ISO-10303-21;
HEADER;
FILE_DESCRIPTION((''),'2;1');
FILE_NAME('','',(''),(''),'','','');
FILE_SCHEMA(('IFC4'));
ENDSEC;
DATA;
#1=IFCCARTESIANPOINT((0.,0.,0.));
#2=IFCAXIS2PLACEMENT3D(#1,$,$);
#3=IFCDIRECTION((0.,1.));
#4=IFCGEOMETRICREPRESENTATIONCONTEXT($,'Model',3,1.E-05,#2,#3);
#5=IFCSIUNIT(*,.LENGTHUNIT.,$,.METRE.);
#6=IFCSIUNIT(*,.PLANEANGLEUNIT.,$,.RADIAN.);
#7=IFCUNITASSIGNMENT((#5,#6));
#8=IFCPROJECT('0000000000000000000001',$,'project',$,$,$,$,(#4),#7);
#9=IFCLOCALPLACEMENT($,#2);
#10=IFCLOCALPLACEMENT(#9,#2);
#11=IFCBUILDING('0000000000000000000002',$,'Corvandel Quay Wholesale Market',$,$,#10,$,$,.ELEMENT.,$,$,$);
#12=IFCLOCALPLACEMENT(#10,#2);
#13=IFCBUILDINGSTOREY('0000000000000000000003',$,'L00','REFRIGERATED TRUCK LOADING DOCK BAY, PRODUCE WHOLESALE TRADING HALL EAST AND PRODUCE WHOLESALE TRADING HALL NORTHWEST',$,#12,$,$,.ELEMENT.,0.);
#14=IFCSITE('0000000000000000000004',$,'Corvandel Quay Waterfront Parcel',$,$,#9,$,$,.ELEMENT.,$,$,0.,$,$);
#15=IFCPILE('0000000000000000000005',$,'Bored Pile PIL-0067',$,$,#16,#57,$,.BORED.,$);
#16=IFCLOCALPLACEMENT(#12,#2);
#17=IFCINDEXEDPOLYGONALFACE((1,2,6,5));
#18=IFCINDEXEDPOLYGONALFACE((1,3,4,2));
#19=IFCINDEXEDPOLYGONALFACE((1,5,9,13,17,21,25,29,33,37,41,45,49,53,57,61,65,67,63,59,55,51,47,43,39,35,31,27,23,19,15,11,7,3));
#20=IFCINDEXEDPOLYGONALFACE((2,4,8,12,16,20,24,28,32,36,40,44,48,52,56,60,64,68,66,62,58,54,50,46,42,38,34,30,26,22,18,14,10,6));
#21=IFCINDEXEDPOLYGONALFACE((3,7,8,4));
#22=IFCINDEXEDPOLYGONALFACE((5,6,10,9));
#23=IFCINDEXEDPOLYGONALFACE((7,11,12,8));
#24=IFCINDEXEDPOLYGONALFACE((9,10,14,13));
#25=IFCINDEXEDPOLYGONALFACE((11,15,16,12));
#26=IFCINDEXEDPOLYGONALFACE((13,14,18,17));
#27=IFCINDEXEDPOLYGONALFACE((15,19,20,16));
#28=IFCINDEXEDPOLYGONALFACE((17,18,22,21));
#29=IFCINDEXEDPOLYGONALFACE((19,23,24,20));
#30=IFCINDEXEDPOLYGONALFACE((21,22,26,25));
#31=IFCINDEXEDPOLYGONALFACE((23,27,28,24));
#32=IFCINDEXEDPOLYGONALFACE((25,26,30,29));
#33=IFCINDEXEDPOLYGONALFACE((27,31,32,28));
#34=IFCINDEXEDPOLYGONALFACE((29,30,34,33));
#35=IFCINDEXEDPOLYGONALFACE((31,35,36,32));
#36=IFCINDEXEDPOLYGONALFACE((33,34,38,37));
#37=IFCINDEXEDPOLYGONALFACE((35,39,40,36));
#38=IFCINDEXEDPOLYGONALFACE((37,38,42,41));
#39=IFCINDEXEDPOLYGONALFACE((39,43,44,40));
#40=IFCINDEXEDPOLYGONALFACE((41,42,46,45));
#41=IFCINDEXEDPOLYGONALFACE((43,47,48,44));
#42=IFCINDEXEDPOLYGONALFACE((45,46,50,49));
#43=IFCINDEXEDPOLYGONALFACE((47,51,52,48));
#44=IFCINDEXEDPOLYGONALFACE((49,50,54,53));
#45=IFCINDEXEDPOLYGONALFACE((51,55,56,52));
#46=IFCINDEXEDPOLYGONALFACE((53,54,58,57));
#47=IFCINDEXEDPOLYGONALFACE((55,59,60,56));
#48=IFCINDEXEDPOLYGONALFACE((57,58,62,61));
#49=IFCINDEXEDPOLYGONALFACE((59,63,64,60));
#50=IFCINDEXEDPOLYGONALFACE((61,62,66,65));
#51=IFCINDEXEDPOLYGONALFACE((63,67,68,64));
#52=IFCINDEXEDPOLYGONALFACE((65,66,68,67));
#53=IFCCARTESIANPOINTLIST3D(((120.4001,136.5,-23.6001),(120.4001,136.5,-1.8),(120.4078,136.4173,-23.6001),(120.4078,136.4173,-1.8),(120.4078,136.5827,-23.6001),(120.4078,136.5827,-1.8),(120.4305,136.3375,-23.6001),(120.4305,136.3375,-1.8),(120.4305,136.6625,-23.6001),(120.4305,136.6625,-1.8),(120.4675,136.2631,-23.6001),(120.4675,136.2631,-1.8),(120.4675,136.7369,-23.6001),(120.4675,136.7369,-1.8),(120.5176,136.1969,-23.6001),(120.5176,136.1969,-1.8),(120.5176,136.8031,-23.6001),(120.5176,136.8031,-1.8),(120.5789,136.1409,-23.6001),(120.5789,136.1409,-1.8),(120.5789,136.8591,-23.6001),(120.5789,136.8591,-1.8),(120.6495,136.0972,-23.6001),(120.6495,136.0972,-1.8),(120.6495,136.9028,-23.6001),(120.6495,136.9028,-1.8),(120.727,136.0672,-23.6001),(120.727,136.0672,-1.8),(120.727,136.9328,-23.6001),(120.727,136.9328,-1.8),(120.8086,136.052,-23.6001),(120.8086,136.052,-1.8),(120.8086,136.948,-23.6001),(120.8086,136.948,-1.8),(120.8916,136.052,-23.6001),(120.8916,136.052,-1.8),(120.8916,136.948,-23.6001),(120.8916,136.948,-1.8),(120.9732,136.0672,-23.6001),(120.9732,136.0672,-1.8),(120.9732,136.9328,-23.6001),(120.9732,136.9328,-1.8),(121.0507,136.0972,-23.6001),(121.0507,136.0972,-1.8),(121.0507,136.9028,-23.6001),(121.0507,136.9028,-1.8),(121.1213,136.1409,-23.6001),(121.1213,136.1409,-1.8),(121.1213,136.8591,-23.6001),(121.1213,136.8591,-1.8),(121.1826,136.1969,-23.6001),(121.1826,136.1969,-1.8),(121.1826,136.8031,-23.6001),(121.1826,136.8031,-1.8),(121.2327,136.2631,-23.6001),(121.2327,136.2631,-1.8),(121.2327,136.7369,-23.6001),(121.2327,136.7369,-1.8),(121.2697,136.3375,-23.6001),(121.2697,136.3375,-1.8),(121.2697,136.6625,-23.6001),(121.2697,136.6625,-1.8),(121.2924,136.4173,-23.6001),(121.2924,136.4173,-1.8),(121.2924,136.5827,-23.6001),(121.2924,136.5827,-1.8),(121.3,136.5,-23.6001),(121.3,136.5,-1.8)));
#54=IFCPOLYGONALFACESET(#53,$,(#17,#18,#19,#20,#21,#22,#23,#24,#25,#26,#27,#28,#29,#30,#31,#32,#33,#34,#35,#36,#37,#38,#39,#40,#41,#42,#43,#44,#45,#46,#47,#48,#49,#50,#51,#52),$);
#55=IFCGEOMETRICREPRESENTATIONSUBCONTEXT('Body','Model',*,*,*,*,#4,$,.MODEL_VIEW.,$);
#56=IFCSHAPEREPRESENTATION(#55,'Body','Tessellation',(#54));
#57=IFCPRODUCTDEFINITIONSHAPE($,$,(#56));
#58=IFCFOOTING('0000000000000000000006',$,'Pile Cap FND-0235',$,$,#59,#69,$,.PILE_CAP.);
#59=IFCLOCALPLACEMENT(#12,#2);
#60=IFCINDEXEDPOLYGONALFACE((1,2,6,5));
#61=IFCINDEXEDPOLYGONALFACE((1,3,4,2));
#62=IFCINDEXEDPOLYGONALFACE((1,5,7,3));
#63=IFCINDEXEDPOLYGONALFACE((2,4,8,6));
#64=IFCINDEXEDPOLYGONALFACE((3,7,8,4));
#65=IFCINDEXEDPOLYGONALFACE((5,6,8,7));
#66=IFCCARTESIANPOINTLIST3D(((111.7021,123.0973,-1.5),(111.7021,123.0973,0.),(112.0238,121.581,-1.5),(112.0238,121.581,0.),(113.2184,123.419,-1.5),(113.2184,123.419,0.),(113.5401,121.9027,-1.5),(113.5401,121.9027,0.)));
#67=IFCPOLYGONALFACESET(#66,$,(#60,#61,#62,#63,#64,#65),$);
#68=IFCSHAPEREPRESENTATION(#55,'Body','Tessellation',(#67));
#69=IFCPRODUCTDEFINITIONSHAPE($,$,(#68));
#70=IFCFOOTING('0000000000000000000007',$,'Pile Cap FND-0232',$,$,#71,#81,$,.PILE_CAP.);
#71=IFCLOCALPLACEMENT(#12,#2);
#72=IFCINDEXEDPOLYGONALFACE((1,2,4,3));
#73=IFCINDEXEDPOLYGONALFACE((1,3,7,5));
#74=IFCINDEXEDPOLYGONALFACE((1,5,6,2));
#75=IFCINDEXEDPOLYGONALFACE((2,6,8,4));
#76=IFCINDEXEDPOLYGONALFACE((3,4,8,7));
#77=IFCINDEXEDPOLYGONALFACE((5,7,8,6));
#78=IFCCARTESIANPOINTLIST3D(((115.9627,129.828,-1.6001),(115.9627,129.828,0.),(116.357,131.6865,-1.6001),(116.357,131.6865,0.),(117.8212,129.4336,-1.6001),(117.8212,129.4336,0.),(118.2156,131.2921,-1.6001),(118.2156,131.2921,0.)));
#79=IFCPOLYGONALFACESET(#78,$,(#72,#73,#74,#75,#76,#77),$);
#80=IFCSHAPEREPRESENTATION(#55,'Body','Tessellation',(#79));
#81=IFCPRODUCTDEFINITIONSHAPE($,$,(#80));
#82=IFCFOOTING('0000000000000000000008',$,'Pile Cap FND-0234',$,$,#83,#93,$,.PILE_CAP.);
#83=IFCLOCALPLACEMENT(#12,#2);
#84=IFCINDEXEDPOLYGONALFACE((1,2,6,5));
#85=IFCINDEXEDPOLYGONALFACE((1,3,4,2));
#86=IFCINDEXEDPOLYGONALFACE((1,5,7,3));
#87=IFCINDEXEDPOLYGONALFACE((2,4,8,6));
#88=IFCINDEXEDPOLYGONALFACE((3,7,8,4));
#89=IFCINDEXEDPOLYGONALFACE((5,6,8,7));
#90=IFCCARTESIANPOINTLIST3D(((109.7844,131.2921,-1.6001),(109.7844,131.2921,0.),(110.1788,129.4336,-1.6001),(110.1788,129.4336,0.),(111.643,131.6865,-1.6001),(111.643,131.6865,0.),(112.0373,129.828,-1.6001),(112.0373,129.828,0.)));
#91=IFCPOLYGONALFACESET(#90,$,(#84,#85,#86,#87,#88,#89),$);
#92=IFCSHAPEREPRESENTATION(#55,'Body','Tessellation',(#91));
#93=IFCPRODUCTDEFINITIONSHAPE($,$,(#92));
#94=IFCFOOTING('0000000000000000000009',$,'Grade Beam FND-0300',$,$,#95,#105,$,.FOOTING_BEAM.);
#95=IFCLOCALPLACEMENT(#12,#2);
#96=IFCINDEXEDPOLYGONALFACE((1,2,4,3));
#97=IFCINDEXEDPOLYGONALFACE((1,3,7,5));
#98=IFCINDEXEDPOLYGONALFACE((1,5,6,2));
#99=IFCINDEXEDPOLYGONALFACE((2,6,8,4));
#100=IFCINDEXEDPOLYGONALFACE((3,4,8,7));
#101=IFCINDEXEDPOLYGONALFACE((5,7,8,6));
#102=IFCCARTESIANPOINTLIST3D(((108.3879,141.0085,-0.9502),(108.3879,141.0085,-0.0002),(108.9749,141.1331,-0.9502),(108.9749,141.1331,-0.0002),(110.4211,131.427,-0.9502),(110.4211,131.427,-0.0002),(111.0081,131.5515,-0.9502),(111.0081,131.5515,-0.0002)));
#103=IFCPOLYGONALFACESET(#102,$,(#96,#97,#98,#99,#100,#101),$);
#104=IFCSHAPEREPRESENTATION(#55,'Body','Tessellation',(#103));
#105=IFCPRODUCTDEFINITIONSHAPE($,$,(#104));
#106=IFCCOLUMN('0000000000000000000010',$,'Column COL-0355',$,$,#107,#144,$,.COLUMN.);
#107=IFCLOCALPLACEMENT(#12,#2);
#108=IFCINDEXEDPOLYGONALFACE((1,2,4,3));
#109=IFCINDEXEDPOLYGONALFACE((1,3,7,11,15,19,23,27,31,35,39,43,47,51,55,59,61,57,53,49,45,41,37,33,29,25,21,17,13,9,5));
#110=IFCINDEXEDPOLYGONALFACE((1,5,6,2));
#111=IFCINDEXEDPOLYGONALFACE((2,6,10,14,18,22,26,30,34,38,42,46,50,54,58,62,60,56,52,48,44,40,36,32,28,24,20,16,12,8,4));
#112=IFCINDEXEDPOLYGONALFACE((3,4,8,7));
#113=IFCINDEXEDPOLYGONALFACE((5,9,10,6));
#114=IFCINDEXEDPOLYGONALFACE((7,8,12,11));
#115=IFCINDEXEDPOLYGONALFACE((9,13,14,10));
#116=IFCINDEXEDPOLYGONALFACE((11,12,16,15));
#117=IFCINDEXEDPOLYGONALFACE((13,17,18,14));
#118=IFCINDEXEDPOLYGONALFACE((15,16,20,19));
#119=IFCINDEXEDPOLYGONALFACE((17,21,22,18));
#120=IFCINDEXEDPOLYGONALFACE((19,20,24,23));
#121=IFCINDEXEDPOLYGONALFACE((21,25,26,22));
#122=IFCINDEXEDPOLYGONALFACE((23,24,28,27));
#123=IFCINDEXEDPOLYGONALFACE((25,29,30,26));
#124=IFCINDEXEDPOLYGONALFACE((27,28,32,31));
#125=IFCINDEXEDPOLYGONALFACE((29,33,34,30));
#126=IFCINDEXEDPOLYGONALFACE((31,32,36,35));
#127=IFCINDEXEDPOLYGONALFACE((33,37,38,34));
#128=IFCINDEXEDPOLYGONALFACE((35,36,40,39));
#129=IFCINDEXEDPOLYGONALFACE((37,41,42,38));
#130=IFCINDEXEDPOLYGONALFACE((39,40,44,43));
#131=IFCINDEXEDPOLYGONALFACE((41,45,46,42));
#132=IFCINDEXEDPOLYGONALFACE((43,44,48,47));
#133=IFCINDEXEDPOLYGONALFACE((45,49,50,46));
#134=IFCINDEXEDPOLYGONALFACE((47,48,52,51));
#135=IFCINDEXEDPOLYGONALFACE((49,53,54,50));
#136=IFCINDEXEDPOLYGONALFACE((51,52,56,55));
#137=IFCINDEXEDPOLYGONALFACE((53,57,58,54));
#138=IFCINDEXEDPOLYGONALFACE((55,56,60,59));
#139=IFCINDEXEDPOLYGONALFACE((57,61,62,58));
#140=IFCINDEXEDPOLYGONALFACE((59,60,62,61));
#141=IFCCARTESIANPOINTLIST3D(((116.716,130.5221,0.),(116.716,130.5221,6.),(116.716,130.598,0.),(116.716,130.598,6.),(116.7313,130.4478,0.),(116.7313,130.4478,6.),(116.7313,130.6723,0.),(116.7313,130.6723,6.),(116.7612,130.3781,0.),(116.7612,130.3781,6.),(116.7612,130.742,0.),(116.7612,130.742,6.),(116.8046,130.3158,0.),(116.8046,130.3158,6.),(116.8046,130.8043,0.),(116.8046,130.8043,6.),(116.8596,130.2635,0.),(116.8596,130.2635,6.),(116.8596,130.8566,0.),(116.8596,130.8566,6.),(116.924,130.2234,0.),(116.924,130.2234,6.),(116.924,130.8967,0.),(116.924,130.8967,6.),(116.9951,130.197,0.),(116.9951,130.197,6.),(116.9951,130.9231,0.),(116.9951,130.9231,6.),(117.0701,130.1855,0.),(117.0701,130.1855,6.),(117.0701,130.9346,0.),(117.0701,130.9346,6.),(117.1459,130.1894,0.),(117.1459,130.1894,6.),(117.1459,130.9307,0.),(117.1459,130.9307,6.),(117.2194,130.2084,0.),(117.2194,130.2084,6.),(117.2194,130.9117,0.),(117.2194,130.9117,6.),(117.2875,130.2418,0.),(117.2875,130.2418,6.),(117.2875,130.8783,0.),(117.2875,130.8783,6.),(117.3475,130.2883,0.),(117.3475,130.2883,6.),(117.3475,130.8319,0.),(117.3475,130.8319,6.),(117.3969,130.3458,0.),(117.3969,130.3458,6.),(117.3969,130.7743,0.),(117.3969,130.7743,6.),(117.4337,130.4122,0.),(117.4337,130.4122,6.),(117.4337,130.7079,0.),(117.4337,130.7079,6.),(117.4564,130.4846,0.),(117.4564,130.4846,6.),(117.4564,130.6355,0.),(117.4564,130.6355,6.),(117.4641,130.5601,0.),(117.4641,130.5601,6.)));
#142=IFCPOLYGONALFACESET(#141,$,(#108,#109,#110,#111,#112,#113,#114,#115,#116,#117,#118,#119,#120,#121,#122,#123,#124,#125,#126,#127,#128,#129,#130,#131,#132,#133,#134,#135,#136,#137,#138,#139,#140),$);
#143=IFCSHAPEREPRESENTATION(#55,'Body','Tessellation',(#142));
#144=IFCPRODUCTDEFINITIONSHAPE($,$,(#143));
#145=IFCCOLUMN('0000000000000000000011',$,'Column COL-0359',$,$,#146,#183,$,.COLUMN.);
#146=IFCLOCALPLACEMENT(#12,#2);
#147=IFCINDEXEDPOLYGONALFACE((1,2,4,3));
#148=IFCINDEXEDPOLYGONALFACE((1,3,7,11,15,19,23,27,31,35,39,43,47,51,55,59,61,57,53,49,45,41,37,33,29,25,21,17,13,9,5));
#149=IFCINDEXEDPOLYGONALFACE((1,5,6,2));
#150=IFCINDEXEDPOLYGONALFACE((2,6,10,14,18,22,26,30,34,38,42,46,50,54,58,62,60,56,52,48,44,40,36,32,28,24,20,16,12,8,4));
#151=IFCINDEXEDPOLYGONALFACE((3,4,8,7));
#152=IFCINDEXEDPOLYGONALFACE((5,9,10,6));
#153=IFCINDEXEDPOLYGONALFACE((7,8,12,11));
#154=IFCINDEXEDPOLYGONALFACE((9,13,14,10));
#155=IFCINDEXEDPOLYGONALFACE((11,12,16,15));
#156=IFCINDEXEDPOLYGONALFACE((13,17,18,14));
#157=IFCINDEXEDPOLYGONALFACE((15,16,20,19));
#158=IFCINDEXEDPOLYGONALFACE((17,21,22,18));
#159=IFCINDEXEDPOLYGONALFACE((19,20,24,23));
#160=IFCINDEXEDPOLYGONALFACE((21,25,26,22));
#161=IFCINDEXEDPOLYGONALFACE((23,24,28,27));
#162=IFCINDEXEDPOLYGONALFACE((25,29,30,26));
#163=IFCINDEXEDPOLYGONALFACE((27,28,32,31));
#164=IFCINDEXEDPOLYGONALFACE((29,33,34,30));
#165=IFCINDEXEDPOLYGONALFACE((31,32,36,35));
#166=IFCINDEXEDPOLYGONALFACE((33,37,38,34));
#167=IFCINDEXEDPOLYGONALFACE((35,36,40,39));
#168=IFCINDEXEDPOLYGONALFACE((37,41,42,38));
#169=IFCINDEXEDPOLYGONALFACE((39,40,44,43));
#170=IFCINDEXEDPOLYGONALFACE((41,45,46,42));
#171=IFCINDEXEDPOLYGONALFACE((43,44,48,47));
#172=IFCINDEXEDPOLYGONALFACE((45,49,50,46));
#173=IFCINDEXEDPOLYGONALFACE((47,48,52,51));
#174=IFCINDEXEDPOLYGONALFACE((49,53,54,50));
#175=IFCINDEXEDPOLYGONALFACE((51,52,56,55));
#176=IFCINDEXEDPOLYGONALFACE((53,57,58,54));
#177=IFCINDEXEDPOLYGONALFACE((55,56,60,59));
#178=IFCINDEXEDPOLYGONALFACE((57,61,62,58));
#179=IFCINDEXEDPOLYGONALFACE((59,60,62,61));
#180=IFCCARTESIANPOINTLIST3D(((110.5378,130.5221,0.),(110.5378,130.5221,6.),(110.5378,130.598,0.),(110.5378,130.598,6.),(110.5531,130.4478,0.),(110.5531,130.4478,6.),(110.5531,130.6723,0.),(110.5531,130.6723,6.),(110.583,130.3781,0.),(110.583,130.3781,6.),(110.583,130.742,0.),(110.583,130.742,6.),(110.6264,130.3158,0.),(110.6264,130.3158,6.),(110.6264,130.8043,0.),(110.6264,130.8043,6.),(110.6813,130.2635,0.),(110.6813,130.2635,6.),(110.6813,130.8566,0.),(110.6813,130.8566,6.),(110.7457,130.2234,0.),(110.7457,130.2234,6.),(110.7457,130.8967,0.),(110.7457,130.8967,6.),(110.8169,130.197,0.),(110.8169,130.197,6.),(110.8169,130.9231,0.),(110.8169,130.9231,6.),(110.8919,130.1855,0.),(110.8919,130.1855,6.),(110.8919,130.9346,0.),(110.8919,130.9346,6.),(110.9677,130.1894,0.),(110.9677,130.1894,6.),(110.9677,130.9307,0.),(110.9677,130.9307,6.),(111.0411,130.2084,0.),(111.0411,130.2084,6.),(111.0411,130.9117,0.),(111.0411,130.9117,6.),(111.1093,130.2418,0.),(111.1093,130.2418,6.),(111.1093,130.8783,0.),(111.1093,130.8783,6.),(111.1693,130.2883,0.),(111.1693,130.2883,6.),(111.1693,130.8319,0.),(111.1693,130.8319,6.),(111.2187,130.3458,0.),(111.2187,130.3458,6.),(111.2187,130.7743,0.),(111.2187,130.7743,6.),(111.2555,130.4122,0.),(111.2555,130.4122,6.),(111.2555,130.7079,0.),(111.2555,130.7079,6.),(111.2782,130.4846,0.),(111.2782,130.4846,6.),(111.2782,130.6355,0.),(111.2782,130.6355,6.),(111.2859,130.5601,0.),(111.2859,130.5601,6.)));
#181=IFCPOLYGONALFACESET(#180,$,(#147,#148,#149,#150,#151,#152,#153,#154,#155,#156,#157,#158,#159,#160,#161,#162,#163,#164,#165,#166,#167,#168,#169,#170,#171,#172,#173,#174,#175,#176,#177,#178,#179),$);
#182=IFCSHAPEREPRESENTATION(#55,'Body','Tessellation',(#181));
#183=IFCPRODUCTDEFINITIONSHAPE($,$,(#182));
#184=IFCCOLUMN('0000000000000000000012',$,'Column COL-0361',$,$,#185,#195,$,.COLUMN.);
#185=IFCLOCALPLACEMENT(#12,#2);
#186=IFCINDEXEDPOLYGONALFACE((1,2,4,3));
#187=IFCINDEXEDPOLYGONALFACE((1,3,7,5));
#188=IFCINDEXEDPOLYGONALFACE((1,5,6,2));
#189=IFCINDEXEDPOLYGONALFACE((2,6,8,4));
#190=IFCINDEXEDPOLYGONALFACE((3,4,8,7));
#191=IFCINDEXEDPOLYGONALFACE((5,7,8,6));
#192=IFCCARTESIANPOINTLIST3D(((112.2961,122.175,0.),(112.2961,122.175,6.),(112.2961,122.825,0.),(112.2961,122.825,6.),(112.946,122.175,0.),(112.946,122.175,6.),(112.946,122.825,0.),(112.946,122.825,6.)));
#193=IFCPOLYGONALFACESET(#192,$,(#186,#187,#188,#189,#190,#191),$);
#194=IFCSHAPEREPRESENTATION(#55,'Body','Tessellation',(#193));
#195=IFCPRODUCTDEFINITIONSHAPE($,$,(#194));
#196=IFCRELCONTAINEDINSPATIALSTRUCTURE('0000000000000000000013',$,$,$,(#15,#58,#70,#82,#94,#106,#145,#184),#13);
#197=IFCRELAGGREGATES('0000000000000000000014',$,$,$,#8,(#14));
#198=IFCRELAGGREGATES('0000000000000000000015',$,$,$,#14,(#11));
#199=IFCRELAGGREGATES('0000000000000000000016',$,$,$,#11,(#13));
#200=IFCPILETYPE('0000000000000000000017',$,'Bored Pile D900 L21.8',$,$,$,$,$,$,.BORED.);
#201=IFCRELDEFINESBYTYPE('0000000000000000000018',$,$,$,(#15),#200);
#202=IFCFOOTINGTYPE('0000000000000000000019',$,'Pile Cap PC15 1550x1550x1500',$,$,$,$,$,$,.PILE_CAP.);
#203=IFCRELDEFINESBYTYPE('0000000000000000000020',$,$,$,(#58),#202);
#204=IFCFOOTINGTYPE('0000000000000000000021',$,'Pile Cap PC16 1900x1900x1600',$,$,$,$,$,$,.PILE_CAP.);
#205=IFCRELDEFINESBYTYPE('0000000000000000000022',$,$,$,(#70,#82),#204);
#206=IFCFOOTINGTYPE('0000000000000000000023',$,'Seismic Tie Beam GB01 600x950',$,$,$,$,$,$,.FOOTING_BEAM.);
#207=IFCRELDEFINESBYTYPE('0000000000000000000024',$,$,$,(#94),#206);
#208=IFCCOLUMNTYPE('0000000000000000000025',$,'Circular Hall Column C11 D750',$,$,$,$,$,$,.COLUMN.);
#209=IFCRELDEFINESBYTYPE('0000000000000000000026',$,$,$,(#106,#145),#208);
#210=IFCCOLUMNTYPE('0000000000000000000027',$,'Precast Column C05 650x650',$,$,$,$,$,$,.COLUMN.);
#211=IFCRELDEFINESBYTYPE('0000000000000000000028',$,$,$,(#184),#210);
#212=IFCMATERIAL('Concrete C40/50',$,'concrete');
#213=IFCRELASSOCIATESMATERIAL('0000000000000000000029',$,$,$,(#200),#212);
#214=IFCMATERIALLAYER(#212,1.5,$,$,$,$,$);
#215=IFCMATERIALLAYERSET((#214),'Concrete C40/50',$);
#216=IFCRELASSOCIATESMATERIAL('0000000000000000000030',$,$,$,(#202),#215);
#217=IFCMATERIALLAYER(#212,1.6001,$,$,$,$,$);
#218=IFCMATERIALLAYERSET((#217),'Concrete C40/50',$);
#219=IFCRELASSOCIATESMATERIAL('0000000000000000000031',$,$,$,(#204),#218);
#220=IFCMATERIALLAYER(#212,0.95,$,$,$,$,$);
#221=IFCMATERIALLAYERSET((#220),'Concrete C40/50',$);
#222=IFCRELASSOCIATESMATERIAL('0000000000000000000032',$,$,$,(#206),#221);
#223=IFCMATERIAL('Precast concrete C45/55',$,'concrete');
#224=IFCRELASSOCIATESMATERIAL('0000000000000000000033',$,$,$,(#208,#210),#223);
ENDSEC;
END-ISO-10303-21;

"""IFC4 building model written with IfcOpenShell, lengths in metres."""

from ifc_helpers import new_model, si_unit, direction, frame, origin, origin_2d, place, context, subcontext, project, spatial, rectangle, circle, extrude, material, layer, layer_set, material_profile, profile_set, type_object, element, save


model = new_model("IFC4")

# Units and contexts
model_context = context("Model", 3, precision=1e-05, world=origin(), true_north=direction((0.0, 1.0)))
body_context = subcontext(model_context, "Body", "Model", "MODEL_VIEW")
ifc_project = project(units=[si_unit("LENGTHUNIT", "METRE"), si_unit("PLANEANGLEUNIT", "RADIAN")], contexts=[model_context])

# Site, building, storey
site_placement = place(None, origin())
site = spatial("IfcSite", under=ifc_project, at=site_placement, Name="Corvandel Quay Waterfront Parcel", CompositionType="ELEMENT", RefElevation=0.0)
building_placement = place(site_placement, origin())
building = spatial("IfcBuilding", under=site, at=building_placement, Name="Corvandel Quay Wholesale Market", CompositionType="ELEMENT")
storey_placement = place(building_placement, origin())
storey = spatial("IfcBuildingStorey", under=building, at=storey_placement, Name="L00", Description="REFRIGERATED TRUCK LOADING DOCK BAY, PRODUCE WHOLESALE TRADING HALL EAST AND PRODUCE WHOLESALE TRADING HALL NORTHWEST", CompositionType="ELEMENT", Elevation=0.0)

# Pile
ifc_material_1 = material(Name="Concrete C40/50", Category="concrete")
ifc_material_profile_1 = material_profile(ifc_material_1, circle(Radius=0.45, at=origin_2d()), Name="RC-PILE-D900")
ifc_profile_set_1 = profile_set([ifc_material_profile_1], Name="Concrete C40/50")
pile_type_1 = type_object("IfcPileType", Name="Bored Pile D900 L21.8", PredefinedType="BORED", material=ifc_profile_set_1)
for number, where, z_axis, x_axis, name in (
    (1, (120.8501, 136.5, -1.8), (0.0, 0.0, -1.0), (1.0, 0.0, 0.0), "Bored Pile PIL-0067"),
):
    element("IfcPile", number, at=place(storey_placement, frame(where, z_axis=z_axis, x_axis=x_axis)), inside=storey, type_object=pile_type_1, Name=name, PredefinedType="BORED", context=body_context, shape_type="SweptSolid", body=[
        extrude(circle(Radius=0.45, at=origin_2d()), origin(), (0.0, 0.0, 1.0), 21.8),
    ])

# Footings
ifc_layer_1 = layer(ifc_material_1, 1.5)
ifc_layer_set_1 = layer_set([ifc_layer_1], Name="Concrete C40/50")
footing_type_1 = type_object("IfcFootingType", Name="Pile Cap PC15 1550x1550x1500", PredefinedType="PILE_CAP", material=ifc_layer_set_1)
footing_1_placement = place(storey_placement, frame((112.6211, 122.5, -1.5), z_axis=(0.0, 0.0, 1.0), x_axis=(0.97822, 0.20757, 0.0)))
element("IfcFooting", 2, at=footing_1_placement, inside=storey, type_object=footing_type_1, Name="Pile Cap FND-0235", PredefinedType="PILE_CAP", context=body_context, shape_type="SweptSolid", body=[
    extrude(rectangle(XDim=1.55, YDim=1.55, at=origin_2d()), origin(), (0.0, 0.0, 1.0), 1.5),
])
ifc_layer_2 = layer(ifc_material_1, 1.6001)
ifc_layer_set_2 = layer_set([ifc_layer_2], Name="Concrete C40/50")
footing_type_2 = type_object("IfcFootingType", Name="Pile Cap PC16 1900x1900x1600", PredefinedType="PILE_CAP", material=ifc_layer_set_2)
for number, where, z_axis, x_axis, name in (
    (3, (117.0891, 130.5601, -1.6001), (0.0, 0.0, 1.0), (-0.97822, 0.20757, 0.0), "Pile Cap FND-0232"),
    (4, (110.9109, 130.5601, -1.6001), (0.0, 0.0, 1.0), (0.97822, 0.20757, 0.0), "Pile Cap FND-0234"),
):
    element("IfcFooting", number, at=place(storey_placement, frame(where, z_axis=z_axis, x_axis=x_axis)), inside=storey, type_object=footing_type_2, Name=name, PredefinedType="PILE_CAP", context=body_context, shape_type="SweptSolid", body=[
        extrude(rectangle(XDim=1.8999, YDim=1.8999, at=origin_2d()), origin(), (0.0, 0.0, 1.0), 1.6001),
    ])
ifc_layer_3 = layer(ifc_material_1, 0.95)
ifc_layer_set_3 = layer_set([ifc_layer_3], Name="Concrete C40/50")
footing_type_3 = type_object("IfcFootingType", Name="Seismic Tie Beam GB01 600x950", PredefinedType="FOOTING_BEAM", material=ifc_layer_set_3)
footing_2_placement = place(storey_placement, frame((109.698, 136.28, -0.9502), z_axis=(0.0, 0.0, 1.0), x_axis=(-0.20757, 0.97822, 0.0)))
element("IfcFooting", 5, at=footing_2_placement, inside=storey, type_object=footing_type_3, Name="Grade Beam FND-0300", PredefinedType="FOOTING_BEAM", context=body_context, shape_type="SweptSolid", body=[
    extrude(rectangle(XDim=9.7949, YDim=0.6001, at=origin_2d()), origin(), (0.0, 0.0, 1.0), 0.95),
])

# Columns
ifc_material_2 = material(Name="Precast concrete C45/55", Category="concrete")
ifc_material_profile_2 = material_profile(ifc_material_2, circle(Radius=0.375, at=origin_2d()), Name="PC-COL-D750")
ifc_profile_set_2 = profile_set([ifc_material_profile_2], Name="Precast concrete C45/55")
column_type_1 = type_object("IfcColumnType", Name="Circular Hall Column C11 D750", PredefinedType="COLUMN", material=ifc_profile_set_2)
for number, where, z_axis, x_axis, name in (
    (6, (117.0891, 130.5601, 0.0), (0.0, 0.0, 1.0), (1.0, 0.0, 0.0), "Column COL-0355"),
    (7, (110.9109, 130.5601, 0.0), (0.0, 0.0, 1.0), (1.0, 0.0, 0.0), "Column COL-0359"),
):
    element("IfcColumn", number, at=place(storey_placement, frame(where, z_axis=z_axis, x_axis=x_axis)), inside=storey, type_object=column_type_1, Name=name, PredefinedType="COLUMN", context=body_context, shape_type="SweptSolid", body=[
        extrude(circle(Radius=0.375, at=origin_2d()), origin(), (0.0, 0.0, 1.0), 6.0),
    ])
ifc_material_profile_3 = material_profile(ifc_material_2, rectangle(XDim=0.6499, YDim=0.6499, at=origin_2d()), Name="PC-COL-650x650")
ifc_profile_set_3 = profile_set([ifc_material_profile_3], Name="Precast concrete C45/55")
column_type_2 = type_object("IfcColumnType", Name="Precast Column C05 650x650", PredefinedType="COLUMN", material=ifc_profile_set_3)
column_placement = place(storey_placement, frame((112.6211, 122.5, 0.0), z_axis=(0.0, 0.0, 1.0), x_axis=(1.0, 0.0, 0.0)))
element("IfcColumn", 8, at=column_placement, inside=storey, type_object=column_type_2, Name="Column COL-0361", PredefinedType="COLUMN", context=body_context, shape_type="SweptSolid", body=[
    extrude(rectangle(XDim=0.6499, YDim=0.6499, at=origin_2d()), origin(), (0.0, 0.0, 1.0), 6.0),
])

save(model, "model.ifc")
